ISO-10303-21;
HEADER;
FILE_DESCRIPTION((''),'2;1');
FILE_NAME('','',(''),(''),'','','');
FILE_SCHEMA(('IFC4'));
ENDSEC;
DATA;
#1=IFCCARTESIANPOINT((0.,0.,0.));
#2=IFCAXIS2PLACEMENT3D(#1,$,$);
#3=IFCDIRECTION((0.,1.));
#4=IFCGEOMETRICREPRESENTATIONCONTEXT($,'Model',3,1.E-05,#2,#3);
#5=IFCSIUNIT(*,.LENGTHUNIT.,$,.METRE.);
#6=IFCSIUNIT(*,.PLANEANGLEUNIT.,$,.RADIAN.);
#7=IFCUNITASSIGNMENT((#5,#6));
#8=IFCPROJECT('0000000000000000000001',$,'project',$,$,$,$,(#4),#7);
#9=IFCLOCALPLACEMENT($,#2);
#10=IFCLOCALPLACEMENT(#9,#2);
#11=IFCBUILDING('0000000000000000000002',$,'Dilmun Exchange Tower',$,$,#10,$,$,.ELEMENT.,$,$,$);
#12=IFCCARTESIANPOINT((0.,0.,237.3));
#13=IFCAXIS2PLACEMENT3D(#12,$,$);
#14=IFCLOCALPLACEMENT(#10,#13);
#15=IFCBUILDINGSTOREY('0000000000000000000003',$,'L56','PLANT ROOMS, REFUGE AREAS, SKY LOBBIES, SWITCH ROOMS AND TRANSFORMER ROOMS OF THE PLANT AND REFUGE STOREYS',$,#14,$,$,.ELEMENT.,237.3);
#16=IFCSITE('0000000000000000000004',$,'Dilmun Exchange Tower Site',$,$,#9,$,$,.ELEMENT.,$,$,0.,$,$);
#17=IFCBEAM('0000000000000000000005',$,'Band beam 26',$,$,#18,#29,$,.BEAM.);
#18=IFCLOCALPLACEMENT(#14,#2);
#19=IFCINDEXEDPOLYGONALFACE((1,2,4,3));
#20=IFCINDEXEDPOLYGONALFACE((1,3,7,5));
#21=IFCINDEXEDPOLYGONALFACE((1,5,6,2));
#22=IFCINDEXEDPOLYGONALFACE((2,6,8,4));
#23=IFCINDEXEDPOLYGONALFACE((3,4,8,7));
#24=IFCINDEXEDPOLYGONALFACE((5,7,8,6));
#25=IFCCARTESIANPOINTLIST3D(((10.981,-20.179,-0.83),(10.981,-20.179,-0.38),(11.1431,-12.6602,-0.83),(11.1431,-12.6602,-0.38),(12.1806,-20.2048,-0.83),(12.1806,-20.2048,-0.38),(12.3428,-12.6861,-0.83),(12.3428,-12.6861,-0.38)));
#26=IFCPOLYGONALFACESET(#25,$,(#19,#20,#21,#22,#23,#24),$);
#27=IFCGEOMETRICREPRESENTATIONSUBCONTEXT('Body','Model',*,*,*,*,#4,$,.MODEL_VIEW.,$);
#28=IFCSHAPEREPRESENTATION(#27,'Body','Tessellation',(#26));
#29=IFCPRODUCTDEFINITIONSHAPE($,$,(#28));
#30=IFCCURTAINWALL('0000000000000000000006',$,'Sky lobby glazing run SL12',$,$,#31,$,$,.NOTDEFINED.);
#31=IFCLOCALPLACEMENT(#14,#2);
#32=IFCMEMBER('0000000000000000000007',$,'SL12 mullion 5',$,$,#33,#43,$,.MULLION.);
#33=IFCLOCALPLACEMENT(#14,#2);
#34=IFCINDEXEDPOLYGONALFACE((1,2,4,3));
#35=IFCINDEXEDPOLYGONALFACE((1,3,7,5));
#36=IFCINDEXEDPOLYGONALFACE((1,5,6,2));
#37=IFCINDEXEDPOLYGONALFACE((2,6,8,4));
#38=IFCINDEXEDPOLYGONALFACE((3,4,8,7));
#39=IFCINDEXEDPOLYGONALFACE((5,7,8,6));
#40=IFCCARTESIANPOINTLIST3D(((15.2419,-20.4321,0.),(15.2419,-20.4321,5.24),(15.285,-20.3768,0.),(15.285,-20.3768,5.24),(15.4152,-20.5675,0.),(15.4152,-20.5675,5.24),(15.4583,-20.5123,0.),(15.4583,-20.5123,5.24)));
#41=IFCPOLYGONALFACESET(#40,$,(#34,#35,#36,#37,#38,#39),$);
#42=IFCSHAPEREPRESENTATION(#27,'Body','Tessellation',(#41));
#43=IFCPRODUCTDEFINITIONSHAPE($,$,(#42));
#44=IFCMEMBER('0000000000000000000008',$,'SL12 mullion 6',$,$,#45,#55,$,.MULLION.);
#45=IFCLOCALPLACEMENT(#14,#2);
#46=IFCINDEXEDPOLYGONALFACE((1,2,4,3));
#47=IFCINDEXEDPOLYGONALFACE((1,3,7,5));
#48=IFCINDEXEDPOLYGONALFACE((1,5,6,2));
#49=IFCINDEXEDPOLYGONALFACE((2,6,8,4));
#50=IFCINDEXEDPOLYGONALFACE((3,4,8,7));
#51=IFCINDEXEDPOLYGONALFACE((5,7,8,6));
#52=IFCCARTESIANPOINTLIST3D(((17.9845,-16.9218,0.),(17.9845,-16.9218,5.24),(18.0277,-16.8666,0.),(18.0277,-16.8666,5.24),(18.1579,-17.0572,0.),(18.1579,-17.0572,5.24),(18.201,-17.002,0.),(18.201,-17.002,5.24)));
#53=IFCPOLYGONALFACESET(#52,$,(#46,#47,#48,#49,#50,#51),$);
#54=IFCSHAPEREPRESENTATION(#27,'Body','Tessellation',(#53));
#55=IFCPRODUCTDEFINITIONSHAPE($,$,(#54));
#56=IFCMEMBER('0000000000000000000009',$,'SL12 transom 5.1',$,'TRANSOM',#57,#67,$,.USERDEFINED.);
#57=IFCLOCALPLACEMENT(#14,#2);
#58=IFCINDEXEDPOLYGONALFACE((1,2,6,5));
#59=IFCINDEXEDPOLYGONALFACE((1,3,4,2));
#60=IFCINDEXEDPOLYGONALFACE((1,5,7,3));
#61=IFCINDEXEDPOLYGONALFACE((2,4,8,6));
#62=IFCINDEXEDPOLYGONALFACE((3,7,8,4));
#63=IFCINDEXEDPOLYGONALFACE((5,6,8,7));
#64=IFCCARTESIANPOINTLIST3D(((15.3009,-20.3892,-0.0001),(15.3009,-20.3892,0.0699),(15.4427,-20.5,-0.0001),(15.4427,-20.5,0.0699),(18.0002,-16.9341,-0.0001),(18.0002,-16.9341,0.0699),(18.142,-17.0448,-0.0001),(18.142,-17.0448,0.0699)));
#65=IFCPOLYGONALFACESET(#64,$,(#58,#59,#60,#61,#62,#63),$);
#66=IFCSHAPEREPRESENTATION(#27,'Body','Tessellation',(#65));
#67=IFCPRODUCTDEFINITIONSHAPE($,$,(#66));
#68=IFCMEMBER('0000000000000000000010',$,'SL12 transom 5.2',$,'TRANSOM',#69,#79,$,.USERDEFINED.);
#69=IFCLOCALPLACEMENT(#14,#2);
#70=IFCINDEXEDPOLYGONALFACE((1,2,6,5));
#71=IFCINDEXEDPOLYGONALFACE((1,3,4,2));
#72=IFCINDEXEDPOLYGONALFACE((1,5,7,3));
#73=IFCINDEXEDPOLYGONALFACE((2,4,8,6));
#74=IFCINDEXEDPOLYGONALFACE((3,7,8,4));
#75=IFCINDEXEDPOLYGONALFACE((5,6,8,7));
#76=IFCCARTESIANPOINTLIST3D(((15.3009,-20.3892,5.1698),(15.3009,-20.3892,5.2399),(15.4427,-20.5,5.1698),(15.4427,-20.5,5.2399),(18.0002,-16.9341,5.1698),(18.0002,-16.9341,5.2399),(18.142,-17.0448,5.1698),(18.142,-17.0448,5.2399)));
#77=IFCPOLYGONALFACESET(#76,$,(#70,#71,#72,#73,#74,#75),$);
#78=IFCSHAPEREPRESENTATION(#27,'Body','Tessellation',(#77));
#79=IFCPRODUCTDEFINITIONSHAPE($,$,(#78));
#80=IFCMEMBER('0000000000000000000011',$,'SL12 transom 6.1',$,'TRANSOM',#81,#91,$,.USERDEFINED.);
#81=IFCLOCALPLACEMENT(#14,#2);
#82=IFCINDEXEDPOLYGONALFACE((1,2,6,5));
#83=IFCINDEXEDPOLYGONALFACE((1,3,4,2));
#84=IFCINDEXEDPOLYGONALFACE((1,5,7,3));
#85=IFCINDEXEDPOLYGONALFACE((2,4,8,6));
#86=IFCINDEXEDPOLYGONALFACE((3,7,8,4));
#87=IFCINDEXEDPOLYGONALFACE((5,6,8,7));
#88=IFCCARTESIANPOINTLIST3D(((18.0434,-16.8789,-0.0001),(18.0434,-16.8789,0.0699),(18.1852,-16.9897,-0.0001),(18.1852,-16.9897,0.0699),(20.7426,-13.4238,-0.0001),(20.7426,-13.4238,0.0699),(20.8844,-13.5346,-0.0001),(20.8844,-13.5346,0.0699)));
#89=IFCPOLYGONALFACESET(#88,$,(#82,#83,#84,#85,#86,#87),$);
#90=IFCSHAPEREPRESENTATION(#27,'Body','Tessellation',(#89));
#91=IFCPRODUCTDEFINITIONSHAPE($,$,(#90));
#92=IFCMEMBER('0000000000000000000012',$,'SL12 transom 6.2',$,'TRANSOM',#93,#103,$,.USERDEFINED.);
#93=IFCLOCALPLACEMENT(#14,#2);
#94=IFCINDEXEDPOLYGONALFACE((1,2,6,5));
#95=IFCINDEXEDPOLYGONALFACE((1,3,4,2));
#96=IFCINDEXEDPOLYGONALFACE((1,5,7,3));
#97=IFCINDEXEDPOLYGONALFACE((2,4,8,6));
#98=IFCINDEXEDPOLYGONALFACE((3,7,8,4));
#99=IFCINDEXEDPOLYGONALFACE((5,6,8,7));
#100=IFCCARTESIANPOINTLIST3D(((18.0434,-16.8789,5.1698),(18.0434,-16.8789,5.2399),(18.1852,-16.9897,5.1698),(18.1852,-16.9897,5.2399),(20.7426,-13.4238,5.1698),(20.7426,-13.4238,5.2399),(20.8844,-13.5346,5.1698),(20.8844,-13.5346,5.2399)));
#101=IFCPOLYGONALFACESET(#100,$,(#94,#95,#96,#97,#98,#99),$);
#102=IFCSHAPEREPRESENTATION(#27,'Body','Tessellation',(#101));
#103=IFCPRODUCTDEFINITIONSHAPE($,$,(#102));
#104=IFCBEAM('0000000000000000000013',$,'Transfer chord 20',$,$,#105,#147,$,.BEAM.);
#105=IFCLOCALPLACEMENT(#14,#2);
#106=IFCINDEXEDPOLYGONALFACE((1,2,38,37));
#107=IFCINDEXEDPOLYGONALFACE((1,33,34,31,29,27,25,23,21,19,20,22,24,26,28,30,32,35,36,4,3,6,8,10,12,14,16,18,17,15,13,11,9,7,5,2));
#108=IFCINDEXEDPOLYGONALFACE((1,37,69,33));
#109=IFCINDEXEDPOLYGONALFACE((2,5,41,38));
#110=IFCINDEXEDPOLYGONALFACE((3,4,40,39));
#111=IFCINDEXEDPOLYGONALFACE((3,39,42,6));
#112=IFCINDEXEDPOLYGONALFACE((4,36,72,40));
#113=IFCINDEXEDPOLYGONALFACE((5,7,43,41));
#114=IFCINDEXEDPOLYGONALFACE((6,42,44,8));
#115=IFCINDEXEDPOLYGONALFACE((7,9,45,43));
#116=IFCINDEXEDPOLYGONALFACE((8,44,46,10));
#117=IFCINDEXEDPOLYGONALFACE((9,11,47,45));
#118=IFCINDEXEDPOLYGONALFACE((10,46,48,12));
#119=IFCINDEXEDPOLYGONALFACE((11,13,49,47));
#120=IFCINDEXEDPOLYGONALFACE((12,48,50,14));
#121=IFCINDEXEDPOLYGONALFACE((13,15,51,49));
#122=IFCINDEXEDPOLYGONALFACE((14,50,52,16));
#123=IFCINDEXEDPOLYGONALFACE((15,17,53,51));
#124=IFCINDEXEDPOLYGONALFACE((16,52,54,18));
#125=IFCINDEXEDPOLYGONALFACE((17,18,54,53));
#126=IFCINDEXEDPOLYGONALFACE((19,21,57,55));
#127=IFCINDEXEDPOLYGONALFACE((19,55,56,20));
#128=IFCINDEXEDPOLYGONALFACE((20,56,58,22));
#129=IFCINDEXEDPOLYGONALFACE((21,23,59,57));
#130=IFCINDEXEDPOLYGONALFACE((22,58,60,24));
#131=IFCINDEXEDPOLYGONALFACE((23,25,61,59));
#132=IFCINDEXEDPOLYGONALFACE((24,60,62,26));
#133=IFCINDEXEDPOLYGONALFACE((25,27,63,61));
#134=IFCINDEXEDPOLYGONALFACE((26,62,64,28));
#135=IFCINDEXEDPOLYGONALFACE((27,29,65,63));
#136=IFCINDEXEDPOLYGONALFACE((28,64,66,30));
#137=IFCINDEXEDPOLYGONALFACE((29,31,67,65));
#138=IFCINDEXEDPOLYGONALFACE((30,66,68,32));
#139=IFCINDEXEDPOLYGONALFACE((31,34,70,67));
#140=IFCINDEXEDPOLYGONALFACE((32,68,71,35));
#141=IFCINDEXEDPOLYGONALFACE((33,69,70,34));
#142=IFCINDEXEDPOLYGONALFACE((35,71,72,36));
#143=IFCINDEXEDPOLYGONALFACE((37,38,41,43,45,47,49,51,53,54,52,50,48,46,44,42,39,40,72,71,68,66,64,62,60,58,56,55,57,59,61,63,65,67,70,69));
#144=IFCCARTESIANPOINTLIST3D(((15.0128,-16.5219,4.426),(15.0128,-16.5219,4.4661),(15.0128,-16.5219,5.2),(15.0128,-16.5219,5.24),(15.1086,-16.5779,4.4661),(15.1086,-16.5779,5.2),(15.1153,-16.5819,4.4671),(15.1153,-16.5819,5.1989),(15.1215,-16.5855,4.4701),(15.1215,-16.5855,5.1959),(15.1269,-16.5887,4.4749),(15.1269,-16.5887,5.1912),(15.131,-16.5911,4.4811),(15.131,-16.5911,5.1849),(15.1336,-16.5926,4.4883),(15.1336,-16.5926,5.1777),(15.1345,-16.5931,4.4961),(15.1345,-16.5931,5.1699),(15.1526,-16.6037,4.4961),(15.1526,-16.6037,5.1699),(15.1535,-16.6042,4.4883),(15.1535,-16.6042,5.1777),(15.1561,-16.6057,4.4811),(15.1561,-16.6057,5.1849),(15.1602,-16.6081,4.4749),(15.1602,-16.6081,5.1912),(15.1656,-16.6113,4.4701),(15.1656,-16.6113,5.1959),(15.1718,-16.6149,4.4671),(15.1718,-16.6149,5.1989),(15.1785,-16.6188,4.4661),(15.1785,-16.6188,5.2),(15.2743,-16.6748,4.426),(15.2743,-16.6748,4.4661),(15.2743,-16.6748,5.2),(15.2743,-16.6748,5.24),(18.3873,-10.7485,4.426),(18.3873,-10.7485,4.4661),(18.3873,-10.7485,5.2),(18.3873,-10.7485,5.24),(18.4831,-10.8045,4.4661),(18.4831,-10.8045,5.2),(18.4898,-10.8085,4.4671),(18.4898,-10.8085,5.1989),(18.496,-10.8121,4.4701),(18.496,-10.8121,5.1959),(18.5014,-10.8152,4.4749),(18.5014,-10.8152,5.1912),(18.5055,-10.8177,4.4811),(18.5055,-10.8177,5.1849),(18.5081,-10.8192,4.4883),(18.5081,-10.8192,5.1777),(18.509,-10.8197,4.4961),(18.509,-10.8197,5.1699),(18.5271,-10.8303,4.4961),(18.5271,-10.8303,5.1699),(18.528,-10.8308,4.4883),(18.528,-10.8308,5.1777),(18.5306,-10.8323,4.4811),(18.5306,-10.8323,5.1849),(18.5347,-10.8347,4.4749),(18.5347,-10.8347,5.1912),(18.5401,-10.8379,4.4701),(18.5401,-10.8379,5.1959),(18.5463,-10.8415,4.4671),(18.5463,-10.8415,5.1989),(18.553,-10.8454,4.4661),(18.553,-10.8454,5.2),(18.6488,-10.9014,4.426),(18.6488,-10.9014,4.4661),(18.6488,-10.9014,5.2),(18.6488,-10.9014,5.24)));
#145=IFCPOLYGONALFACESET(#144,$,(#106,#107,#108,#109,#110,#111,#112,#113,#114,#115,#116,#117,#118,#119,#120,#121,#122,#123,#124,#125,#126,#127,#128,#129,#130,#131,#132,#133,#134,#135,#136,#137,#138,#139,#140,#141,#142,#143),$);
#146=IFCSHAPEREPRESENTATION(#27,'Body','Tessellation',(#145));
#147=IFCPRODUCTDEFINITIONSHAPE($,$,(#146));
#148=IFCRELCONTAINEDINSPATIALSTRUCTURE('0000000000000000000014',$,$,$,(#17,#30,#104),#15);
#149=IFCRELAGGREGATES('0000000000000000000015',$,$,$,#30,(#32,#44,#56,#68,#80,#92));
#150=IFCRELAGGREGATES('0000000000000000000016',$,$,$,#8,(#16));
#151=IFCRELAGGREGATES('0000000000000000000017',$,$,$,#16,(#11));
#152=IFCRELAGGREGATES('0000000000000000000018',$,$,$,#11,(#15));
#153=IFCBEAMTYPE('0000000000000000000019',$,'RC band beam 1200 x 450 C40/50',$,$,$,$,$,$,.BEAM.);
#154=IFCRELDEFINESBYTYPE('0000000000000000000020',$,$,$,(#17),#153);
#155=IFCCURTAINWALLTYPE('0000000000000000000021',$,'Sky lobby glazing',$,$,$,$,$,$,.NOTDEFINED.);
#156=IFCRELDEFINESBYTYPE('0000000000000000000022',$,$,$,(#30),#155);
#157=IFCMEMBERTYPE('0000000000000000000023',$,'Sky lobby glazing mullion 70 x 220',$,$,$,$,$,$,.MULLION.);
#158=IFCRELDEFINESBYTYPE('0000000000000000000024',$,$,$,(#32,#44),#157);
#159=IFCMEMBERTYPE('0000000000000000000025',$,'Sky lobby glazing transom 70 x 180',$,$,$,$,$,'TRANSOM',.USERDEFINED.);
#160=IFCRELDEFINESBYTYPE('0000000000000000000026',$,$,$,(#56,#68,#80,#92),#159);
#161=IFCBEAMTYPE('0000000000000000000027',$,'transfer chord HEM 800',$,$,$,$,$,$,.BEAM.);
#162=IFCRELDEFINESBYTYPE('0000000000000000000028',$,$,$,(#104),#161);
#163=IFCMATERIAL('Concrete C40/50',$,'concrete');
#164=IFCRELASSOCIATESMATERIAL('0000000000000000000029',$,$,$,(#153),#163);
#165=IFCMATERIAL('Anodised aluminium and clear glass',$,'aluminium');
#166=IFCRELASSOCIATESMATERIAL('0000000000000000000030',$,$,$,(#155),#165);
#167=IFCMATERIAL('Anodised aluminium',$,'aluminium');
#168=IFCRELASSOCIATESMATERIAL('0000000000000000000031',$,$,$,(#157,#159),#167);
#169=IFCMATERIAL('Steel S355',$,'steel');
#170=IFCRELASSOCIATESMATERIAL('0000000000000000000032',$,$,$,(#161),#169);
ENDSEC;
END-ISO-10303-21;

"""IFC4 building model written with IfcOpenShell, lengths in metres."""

from ifc_helpers import new_model, si_unit, direction, frame, origin, origin_2d, place, context, subcontext, project, spatial, rectangle, i_section, extrude, material, material_profile, profile_set, type_object, element, aggregate, save


model = new_model("IFC4")

# Units and contexts
model_context = context("Model", 3, precision=1e-05, world=origin(), true_north=direction((0.0, 1.0)))
body_context = subcontext(model_context, "Body", "Model", "MODEL_VIEW")
ifc_project = project(units=[si_unit("LENGTHUNIT", "METRE"), si_unit("PLANEANGLEUNIT", "RADIAN")], contexts=[model_context])

# Site, building, storey
site_placement = place(None, origin())
site = spatial("IfcSite", under=ifc_project, at=site_placement, Name="Dilmun Exchange Tower Site", CompositionType="ELEMENT", RefElevation=0.0)
building_placement = place(site_placement, origin())
building = spatial("IfcBuilding", under=site, at=building_placement, Name="Dilmun Exchange Tower", CompositionType="ELEMENT")
storey_placement = place(building_placement, frame((0.0, 0.0, 237.3)))
storey = spatial("IfcBuildingStorey", under=building, at=storey_placement, Name="L56", Description="PLANT ROOMS, REFUGE AREAS, SKY LOBBIES, SWITCH ROOMS AND TRANSFORMER ROOMS OF THE PLANT AND REFUGE STOREYS", CompositionType="ELEMENT", Elevation=237.3)

# Beam
ifc_material_1 = material(Name="Concrete C40/50", Category="concrete")
ifc_material_profile_1 = material_profile(ifc_material_1, rectangle(XDim=1.2, YDim=0.45, at=origin_2d()), Name="1200 x 450")
ifc_profile_set_1 = profile_set([ifc_material_profile_1], Name="Concrete C40/50")
beam_type_1 = type_object("IfcBeamType", Name="RC band beam 1200 x 450 C40/50", PredefinedType="BEAM", material=ifc_profile_set_1)
beam_1_placement = place(storey_placement, frame((11.5808, -20.1919, -0.605), z_axis=(0.021556, 0.999768, 0.0), x_axis=(-0.999768, 0.021556, 0.0)))
element("IfcBeam", 1, at=beam_1_placement, inside=storey, type_object=beam_type_1, Name="Band beam 26", PredefinedType="BEAM", context=body_context, shape_type="SweptSolid", body=[
    extrude(rectangle(XDim=1.2, YDim=0.45, at=origin_2d()), origin(), (0.0, 0.0, 1.0), 7.5205),
])

# Curtain wall, members
ifc_material_2 = material(Name="Anodised aluminium and clear glass", Category="aluminium")
curtain_wall_type = type_object("IfcCurtainWallType", Name="Sky lobby glazing", PredefinedType="NOTDEFINED", material=ifc_material_2)
curtain_wall_placement = place(storey_placement, origin())
curtain_wall = element("IfcCurtainWall", 2, at=curtain_wall_placement, inside=storey, type_object=curtain_wall_type, Name="Sky lobby glazing run SL12", PredefinedType="NOTDEFINED")
ifc_material_3 = material(Name="Anodised aluminium", Category="aluminium")
ifc_material_profile_2 = material_profile(ifc_material_3, rectangle(XDim=0.22, YDim=0.0701, at=origin_2d()), Name="AL 70x220")
ifc_profile_set_2 = profile_set([ifc_material_profile_2], Name="Anodised aluminium")
member_type_1 = type_object("IfcMemberType", Name="Sky lobby glazing mullion 70 x 220", PredefinedType="MULLION", material=ifc_profile_set_2)
member_1_placement = place(storey_placement, frame((15.3501, -20.4722, 0.0), z_axis=(0.0, 0.0, 1.0), x_axis=(-0.788011, 0.615662, 0.0)))
member_1 = element("IfcMember", 3, at=member_1_placement, type_object=member_type_1, Name="SL12 mullion 5", PredefinedType="MULLION", context=body_context, shape_type="SweptSolid", body=[
    extrude(rectangle(XDim=0.22, YDim=0.0701, at=origin_2d()), origin(), (0.0, 0.0, 1.0), 5.24),
])
member_2_placement = place(storey_placement, frame((18.0928, -16.9619, 0.0), z_axis=(0.0, 0.0, 1.0), x_axis=(-0.788011, 0.615662, 0.0)))
member_2 = element("IfcMember", 4, at=member_2_placement, type_object=member_type_1, Name="SL12 mullion 6", PredefinedType="MULLION", context=body_context, shape_type="SweptSolid", body=[
    extrude(rectangle(XDim=0.22, YDim=0.0701, at=origin_2d()), origin(), (0.0, 0.0, 1.0), 5.24),
])
ifc_material_profile_3 = material_profile(ifc_material_3, rectangle(XDim=0.1799, YDim=0.0701, at=origin_2d()), Name="AL 70x180")
ifc_profile_set_3 = profile_set([ifc_material_profile_3], Name="Anodised aluminium")
member_type_2 = type_object("IfcMemberType", Name="Sky lobby glazing transom 70 x 180", ElementType="TRANSOM", PredefinedType="USERDEFINED", material=ifc_profile_set_3)
member_3_placement = place(storey_placement, frame((15.3718, -20.4446, 0.0349), z_axis=(0.615635, 0.788031, 0.0), x_axis=(-0.788031, 0.615635, 0.0)))
member_3 = element("IfcMember", 5, at=member_3_placement, type_object=member_type_2, Name="SL12 transom 5.1", ObjectType="TRANSOM", PredefinedType="USERDEFINED", context=body_context, shape_type="SweptSolid", body=[
    extrude(rectangle(XDim=0.1799, YDim=0.0701, at=origin_2d()), origin(), (0.0, 0.0, 1.0), 4.3845),
])
member_4_placement = place(storey_placement, frame((15.3718, -20.4446, 5.2048), z_axis=(0.615635, 0.788031, 0.0), x_axis=(-0.788031, 0.615635, 0.0)))
member_4 = element("IfcMember", 6, at=member_4_placement, type_object=member_type_2, Name="SL12 transom 5.2", ObjectType="TRANSOM", PredefinedType="USERDEFINED", context=body_context, shape_type="SweptSolid", body=[
    extrude(rectangle(XDim=0.1799, YDim=0.0701, at=origin_2d()), origin(), (0.0, 0.0, 1.0), 4.3845),
])
member_5_placement = place(storey_placement, frame((18.1143, -16.9343, 0.0349), z_axis=(0.615635, 0.788031, 0.0), x_axis=(-0.788031, 0.615635, 0.0)))
member_5 = element("IfcMember", 7, at=member_5_placement, type_object=member_type_2, Name="SL12 transom 6.1", ObjectType="TRANSOM", PredefinedType="USERDEFINED", context=body_context, shape_type="SweptSolid", body=[
    extrude(rectangle(XDim=0.1799, YDim=0.0701, at=origin_2d()), origin(), (0.0, 0.0, 1.0), 4.3845),
])
member_6_placement = place(storey_placement, frame((18.1143, -16.9343, 5.2048), z_axis=(0.615635, 0.788031, 0.0), x_axis=(-0.788031, 0.615635, 0.0)))
member_6 = element("IfcMember", 8, at=member_6_placement, type_object=member_type_2, Name="SL12 transom 6.2", ObjectType="TRANSOM", PredefinedType="USERDEFINED", context=body_context, shape_type="SweptSolid", body=[
    extrude(rectangle(XDim=0.1799, YDim=0.0701, at=origin_2d()), origin(), (0.0, 0.0, 1.0), 4.3845),
])

# Beam
ifc_material_4 = material(Name="Steel S355", Category="steel")
ifc_material_profile_4 = material_profile(ifc_material_4, i_section(OverallWidth=0.303, OverallDepth=0.814, WebThickness=0.021, FlangeThickness=0.04, FilletRadius=0.03, at=origin_2d()), Name="HEM 800")
ifc_profile_set_4 = profile_set([ifc_material_profile_4], Name="Steel S355")
beam_type_2 = type_object("IfcBeamType", Name="transfer chord HEM 800", PredefinedType="BEAM", material=ifc_profile_set_4)
beam_2_placement = place(storey_placement, frame((15.1436, -16.5984, 4.833), z_axis=(0.504615, 0.863344, 0.0), x_axis=(-0.863344, 0.504615, 0.0)))
element("IfcBeam", 9, at=beam_2_placement, inside=storey, type_object=beam_type_2, Name="Transfer chord 20", PredefinedType="BEAM", context=body_context, shape_type="SweptSolid", body=[
    extrude(i_section(OverallWidth=0.303, OverallDepth=0.814, WebThickness=0.021, FlangeThickness=0.04, FilletRadius=0.03, at=origin_2d()), origin(), (0.0, 0.0, 1.0), 6.6873),
])

aggregate(curtain_wall, [member_1, member_2, member_3, member_4, member_5, member_6])

save(model, "model.ifc")
